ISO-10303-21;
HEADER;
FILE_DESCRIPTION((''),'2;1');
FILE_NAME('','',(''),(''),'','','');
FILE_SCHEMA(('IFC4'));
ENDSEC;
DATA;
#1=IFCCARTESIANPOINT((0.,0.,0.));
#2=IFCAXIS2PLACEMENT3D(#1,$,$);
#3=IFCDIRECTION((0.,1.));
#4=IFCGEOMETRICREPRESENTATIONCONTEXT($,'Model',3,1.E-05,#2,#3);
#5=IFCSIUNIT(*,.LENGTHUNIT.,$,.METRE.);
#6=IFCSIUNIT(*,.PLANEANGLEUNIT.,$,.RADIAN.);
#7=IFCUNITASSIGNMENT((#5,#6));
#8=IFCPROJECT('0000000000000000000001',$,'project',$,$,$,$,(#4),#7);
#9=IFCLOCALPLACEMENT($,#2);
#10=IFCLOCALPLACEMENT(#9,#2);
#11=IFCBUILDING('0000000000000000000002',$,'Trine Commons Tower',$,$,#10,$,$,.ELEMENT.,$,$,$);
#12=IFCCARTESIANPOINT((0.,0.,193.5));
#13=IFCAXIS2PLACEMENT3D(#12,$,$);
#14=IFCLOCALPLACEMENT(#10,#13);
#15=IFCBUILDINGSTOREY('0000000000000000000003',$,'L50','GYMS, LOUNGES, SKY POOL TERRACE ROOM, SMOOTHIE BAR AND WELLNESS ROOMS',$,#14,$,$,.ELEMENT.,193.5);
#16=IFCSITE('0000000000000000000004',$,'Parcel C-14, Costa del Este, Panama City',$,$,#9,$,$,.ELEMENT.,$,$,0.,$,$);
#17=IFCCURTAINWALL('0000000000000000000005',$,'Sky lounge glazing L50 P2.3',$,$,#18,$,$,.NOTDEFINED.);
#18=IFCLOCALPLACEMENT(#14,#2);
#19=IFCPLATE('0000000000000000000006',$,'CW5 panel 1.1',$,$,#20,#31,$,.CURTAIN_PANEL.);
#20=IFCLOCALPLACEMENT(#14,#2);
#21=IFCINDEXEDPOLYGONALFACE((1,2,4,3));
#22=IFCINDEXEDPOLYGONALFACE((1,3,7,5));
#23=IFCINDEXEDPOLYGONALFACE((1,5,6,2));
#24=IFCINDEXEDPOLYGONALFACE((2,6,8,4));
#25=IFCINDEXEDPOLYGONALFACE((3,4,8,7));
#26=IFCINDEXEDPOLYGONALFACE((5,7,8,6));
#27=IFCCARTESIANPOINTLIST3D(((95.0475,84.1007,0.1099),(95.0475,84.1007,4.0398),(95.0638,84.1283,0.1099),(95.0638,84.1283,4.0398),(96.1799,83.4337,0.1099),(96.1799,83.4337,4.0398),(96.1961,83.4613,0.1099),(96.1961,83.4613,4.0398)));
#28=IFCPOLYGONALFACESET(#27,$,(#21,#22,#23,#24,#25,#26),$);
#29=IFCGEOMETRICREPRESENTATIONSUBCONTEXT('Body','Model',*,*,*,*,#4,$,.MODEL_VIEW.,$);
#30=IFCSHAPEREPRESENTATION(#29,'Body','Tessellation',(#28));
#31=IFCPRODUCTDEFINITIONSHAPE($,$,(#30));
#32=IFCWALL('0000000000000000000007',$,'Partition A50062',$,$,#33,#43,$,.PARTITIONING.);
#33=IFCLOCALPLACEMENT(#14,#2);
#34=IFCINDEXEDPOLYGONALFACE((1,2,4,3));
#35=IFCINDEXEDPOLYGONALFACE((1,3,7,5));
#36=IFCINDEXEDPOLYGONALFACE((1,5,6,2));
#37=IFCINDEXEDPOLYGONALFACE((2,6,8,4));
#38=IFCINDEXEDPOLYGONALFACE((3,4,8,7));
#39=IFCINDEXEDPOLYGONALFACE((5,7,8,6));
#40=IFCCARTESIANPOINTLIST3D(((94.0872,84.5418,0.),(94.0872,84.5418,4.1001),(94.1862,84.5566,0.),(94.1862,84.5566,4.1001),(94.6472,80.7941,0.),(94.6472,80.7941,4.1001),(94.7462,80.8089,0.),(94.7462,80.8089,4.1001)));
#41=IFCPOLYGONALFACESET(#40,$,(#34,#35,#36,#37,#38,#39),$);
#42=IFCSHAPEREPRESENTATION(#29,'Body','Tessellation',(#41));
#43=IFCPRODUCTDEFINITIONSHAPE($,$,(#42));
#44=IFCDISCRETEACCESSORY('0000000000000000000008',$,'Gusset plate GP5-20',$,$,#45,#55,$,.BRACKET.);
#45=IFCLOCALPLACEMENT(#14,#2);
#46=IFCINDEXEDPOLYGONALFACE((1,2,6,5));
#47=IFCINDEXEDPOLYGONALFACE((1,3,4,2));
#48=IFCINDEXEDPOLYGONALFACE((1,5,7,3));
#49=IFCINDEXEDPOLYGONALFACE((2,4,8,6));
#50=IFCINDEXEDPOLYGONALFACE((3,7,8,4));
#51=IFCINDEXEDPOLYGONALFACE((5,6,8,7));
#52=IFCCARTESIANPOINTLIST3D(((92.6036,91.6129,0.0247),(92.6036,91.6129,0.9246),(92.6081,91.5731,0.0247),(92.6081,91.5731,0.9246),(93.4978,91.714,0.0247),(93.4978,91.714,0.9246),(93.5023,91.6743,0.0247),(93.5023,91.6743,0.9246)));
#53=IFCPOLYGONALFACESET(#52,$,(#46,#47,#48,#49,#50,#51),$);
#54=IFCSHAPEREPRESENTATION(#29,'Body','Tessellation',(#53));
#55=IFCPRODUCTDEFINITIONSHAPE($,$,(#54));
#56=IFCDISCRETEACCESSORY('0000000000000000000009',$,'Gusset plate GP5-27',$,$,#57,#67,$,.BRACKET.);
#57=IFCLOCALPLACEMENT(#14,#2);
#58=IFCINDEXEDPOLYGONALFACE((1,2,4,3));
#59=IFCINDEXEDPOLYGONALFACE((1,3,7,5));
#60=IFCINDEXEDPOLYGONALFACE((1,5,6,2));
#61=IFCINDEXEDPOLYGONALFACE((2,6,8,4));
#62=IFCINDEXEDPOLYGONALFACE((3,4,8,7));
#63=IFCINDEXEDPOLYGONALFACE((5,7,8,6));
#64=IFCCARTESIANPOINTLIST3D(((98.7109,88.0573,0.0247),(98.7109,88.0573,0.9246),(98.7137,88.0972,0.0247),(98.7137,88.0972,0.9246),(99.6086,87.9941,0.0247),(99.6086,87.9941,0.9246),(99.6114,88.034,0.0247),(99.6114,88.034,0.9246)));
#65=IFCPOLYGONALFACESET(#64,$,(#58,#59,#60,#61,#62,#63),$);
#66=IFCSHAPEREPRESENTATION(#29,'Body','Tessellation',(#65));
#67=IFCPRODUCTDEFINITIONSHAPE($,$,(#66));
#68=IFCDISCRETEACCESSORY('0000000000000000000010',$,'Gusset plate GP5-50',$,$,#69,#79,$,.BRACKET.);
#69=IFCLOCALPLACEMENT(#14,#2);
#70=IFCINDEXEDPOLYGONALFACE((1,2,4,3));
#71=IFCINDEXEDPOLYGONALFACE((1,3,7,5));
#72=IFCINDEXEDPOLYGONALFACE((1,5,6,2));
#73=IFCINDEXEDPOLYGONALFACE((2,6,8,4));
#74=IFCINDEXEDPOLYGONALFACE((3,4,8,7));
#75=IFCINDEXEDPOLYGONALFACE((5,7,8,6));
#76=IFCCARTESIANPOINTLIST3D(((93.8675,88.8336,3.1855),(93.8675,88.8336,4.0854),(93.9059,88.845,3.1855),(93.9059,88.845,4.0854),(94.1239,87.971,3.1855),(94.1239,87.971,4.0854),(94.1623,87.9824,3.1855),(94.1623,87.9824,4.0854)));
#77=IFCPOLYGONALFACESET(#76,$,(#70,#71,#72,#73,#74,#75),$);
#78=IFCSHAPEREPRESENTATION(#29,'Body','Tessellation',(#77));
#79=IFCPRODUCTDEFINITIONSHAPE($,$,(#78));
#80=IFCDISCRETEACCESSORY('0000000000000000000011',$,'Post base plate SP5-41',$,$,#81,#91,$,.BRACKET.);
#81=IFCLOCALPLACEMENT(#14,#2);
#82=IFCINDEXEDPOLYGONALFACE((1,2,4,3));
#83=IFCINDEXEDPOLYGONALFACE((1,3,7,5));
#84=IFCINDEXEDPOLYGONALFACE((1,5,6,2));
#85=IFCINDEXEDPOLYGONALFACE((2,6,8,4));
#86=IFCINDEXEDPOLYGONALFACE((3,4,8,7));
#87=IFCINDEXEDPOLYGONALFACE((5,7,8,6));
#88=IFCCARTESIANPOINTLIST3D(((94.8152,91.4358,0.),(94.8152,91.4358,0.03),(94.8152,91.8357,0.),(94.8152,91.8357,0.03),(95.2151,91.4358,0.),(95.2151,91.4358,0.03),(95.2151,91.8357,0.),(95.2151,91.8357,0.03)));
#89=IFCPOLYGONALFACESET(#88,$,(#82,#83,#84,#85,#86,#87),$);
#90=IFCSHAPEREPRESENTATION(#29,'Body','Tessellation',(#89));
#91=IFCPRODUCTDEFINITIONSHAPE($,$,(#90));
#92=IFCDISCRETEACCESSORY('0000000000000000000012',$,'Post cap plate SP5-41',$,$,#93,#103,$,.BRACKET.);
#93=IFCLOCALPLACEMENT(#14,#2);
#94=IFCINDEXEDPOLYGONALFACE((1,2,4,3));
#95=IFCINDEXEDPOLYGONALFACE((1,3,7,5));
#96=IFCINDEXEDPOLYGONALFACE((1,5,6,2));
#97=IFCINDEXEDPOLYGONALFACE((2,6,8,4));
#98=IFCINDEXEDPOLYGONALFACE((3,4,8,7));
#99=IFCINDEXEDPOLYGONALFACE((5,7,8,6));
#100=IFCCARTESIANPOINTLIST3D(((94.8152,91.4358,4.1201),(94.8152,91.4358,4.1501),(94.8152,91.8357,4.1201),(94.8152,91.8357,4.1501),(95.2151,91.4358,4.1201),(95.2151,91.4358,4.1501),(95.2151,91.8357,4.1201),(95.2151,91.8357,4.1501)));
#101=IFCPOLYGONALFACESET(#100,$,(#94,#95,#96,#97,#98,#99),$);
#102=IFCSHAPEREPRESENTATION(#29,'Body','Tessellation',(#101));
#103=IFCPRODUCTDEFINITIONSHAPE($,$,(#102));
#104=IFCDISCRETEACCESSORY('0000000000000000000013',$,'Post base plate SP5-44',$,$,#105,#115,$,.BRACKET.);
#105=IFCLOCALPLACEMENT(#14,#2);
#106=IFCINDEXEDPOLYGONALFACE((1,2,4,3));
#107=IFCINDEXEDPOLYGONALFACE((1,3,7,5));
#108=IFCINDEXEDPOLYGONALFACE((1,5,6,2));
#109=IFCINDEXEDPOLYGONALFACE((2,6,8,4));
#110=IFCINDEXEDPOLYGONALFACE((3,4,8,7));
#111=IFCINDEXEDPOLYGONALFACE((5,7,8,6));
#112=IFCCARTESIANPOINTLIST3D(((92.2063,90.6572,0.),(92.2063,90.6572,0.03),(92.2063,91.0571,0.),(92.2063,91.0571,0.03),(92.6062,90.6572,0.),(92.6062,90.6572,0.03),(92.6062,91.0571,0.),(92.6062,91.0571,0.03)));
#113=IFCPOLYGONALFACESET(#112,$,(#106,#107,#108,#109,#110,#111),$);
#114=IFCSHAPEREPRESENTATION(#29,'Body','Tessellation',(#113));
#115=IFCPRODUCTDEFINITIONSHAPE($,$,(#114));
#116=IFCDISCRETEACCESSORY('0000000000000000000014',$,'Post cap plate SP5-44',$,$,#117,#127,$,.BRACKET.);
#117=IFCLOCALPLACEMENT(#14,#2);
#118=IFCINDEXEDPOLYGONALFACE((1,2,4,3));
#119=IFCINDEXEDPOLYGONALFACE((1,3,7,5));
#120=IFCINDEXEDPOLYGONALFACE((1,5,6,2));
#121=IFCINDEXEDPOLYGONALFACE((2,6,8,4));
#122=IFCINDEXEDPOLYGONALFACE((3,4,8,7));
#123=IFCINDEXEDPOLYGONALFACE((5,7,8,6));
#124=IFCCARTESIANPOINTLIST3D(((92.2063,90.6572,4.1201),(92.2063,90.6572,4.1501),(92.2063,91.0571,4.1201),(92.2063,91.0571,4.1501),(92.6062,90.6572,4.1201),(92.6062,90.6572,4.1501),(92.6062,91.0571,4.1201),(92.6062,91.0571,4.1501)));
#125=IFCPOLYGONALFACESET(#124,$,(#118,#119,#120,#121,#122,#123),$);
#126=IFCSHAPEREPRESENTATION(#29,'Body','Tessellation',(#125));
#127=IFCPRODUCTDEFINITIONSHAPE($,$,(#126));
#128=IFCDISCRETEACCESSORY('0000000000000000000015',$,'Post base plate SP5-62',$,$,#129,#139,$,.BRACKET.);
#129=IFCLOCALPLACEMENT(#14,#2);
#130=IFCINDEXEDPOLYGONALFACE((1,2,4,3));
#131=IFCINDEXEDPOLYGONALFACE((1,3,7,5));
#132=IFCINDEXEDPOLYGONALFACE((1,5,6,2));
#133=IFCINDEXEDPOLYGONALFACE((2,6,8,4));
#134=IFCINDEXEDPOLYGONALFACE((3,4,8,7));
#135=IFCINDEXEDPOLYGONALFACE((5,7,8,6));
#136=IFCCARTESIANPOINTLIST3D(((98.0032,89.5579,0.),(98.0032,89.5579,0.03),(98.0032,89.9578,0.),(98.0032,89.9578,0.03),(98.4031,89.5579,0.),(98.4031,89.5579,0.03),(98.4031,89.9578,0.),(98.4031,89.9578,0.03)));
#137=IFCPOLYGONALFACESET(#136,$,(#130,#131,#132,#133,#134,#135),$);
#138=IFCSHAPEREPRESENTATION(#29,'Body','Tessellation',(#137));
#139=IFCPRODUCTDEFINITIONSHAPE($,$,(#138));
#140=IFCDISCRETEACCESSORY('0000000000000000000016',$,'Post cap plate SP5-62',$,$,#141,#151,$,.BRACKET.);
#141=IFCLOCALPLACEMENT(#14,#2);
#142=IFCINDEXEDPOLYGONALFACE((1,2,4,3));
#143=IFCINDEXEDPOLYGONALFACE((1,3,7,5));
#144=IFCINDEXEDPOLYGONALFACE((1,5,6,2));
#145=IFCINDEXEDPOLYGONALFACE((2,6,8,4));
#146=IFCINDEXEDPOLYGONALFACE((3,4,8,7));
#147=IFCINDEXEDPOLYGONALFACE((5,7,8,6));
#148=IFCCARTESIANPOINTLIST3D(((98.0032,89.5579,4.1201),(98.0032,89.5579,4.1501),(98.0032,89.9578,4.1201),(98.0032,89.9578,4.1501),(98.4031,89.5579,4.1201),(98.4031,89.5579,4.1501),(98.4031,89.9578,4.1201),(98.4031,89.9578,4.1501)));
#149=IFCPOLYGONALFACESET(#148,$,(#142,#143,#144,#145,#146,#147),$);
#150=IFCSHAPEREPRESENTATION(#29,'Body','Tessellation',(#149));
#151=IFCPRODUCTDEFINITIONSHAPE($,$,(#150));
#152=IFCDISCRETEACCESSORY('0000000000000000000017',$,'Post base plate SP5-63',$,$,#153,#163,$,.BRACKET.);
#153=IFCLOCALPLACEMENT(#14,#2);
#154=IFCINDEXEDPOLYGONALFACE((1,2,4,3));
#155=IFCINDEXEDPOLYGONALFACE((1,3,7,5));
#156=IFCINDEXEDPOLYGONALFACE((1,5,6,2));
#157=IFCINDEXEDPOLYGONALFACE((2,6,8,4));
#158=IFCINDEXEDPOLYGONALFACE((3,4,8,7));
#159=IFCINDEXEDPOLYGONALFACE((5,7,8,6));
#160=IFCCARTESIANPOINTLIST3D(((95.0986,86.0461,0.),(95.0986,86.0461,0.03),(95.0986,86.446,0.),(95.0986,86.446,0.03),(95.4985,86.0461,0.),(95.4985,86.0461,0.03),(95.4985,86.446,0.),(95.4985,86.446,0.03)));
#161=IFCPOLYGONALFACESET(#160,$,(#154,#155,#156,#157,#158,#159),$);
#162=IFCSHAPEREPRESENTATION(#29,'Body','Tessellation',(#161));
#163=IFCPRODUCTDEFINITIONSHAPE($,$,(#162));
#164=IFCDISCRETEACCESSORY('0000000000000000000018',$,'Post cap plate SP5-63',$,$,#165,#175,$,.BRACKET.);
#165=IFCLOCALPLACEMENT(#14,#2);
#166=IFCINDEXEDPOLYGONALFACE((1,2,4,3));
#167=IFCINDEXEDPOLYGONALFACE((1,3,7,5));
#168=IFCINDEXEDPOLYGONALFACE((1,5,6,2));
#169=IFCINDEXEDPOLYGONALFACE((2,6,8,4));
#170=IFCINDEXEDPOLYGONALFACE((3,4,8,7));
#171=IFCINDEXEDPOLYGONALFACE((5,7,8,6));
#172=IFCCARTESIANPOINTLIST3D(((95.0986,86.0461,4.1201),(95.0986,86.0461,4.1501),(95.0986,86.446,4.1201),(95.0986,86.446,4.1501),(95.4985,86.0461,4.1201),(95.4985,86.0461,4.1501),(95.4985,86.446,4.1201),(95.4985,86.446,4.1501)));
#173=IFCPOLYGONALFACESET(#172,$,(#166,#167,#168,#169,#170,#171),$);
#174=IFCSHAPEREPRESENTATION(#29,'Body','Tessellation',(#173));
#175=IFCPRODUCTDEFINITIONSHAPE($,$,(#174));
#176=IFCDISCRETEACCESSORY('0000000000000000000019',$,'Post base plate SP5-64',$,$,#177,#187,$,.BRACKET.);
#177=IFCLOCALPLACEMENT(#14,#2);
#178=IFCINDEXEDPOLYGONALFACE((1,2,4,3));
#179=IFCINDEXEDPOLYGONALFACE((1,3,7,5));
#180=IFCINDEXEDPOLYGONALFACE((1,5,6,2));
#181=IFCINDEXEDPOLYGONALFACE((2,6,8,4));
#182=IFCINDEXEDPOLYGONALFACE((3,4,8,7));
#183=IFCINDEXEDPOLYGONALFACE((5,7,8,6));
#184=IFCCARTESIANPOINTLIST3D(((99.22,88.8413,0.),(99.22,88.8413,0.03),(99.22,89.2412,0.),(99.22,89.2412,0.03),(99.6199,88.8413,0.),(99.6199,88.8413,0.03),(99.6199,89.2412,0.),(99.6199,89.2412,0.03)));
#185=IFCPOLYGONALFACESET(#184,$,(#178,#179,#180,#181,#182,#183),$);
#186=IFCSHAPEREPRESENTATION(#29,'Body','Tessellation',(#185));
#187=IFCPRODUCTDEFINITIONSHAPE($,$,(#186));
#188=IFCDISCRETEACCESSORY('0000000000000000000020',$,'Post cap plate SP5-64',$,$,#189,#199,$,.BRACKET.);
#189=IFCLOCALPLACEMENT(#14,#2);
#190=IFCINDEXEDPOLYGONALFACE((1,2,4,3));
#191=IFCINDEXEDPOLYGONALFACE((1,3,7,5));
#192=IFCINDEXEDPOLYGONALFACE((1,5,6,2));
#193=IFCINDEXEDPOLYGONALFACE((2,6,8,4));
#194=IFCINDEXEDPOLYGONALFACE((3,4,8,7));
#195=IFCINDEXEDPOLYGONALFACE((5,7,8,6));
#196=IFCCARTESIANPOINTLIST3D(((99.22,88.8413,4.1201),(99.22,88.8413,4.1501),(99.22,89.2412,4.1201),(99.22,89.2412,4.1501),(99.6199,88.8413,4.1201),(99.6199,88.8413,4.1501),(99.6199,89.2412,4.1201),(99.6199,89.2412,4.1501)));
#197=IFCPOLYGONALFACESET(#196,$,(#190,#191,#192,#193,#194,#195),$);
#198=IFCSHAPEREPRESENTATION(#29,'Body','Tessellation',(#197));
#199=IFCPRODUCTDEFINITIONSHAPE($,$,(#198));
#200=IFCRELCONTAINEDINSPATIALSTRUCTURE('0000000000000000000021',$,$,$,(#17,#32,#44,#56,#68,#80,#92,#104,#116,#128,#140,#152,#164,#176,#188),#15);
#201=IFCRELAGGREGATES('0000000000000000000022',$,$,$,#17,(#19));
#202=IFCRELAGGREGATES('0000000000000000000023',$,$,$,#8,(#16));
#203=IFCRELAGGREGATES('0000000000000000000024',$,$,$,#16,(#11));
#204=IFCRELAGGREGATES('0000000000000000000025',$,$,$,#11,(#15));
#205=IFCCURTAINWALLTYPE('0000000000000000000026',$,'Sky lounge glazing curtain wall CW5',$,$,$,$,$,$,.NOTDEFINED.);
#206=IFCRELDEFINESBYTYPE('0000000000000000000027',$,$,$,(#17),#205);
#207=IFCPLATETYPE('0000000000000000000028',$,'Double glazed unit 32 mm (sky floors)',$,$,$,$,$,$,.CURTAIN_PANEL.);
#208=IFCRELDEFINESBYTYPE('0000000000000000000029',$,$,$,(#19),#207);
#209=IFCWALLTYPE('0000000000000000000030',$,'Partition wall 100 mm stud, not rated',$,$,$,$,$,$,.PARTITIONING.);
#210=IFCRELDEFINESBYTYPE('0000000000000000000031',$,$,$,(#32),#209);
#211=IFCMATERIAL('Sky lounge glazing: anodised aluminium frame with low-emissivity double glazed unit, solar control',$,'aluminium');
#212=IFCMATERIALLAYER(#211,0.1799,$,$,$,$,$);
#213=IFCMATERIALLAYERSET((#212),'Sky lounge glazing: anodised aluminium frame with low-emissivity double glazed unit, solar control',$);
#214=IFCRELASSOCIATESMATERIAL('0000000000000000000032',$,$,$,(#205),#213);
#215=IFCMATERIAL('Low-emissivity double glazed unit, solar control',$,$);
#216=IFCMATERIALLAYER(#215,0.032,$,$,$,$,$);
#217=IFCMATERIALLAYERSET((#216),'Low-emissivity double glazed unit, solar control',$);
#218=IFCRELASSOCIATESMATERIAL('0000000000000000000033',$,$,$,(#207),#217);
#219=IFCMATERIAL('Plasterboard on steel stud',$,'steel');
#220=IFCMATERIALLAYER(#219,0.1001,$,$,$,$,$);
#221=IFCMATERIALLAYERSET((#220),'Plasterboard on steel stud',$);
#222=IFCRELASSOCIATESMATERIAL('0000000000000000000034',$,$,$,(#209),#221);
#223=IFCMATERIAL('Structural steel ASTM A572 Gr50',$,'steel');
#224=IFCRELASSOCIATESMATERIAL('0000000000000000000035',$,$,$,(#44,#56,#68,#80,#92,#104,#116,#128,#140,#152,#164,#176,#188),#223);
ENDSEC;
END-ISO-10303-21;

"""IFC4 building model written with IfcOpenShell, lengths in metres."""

from ifc_helpers import new_model, si_unit, direction, frame, frame_2d, origin, origin_2d, place, context, subcontext, project, spatial, rectangle, extrude, material, layer, layer_set, type_object, element, aggregate, save


model = new_model("IFC4")

# Units and contexts
model_context = context("Model", 3, precision=1e-05, world=origin(), true_north=direction((0.0, 1.0)))
body_context = subcontext(model_context, "Body", "Model", "MODEL_VIEW")
ifc_project = project(units=[si_unit("LENGTHUNIT", "METRE"), si_unit("PLANEANGLEUNIT", "RADIAN")], contexts=[model_context])

# Site, building, storey
site_placement = place(None, origin())
site = spatial("IfcSite", under=ifc_project, at=site_placement, Name="Parcel C-14, Costa del Este, Panama City", CompositionType="ELEMENT", RefElevation=0.0)
building_placement = place(site_placement, origin())
building = spatial("IfcBuilding", under=site, at=building_placement, Name="Trine Commons Tower", CompositionType="ELEMENT")
storey_placement = place(building_placement, frame((0.0, 0.0, 193.5)))
storey = spatial("IfcBuildingStorey", under=building, at=storey_placement, Name="L50", Description="GYMS, LOUNGES, SKY POOL TERRACE ROOM, SMOOTHIE BAR AND WELLNESS ROOMS", CompositionType="ELEMENT", Elevation=193.5)

# Curtain wall
ifc_material_1 = material(Name="Sky lounge glazing: anodised aluminium frame with low-emissivity double glazed unit, solar control", Category="aluminium")
ifc_layer_1 = layer(ifc_material_1, 0.1799)
ifc_layer_set_1 = layer_set([ifc_layer_1], Name="Sky lounge glazing: anodised aluminium frame with low-emissivity double glazed unit, solar control")
curtain_wall_type = type_object("IfcCurtainWallType", Name="Sky lounge glazing curtain wall CW5", PredefinedType="NOTDEFINED", material=ifc_layer_set_1)
curtain_wall_1_placement = place(storey_placement, origin())
curtain_wall_1 = element("IfcCurtainWall", 1, at=curtain_wall_1_placement, inside=storey, type_object=curtain_wall_type, Name="Sky lounge glazing L50 P2.3", PredefinedType="NOTDEFINED")

# Plate
ifc_material_2 = material(Name="Low-emissivity double glazed unit, solar control")
ifc_layer_2 = layer(ifc_material_2, 0.032)
ifc_layer_set_2 = layer_set([ifc_layer_2], Name="Low-emissivity double glazed unit, solar control")
plate_type = type_object("IfcPlateType", Name="Double glazed unit 32 mm (sky floors)", PredefinedType="CURTAIN_PANEL", material=ifc_layer_set_2)
plate_1_placement = place(storey_placement, frame((95.6218, 83.781, 0.1099), z_axis=(0.0, 0.0, 1.0), x_axis=(0.861629, -0.507538, 0.0)))
plate_1 = element("IfcPlate", 2, at=plate_1_placement, type_object=plate_type, Name="CW5 panel 1.1", PredefinedType="CURTAIN_PANEL", context=body_context, shape_type="SweptSolid", body=[
    extrude(rectangle(XDim=1.3142, YDim=0.032, at=origin_2d()), origin(), (0.0, 0.0, 1.0), 3.9299),
])
aggregate(curtain_wall_1, [plate_1])

# Wall
ifc_material_3 = material(Name="Plasterboard on steel stud", Category="steel")
ifc_layer_3 = layer(ifc_material_3, 0.1001)
ifc_layer_set_3 = layer_set([ifc_layer_3], Name="Plasterboard on steel stud")
wall_type_1 = type_object("IfcWallType", Name="Partition wall 100 mm stud, not rated", PredefinedType="PARTITIONING", material=ifc_layer_set_3)
wall_1_placement = place(storey_placement, frame((94.1367, 84.5491, 0.0), z_axis=(0.0, 0.0, 1.0), x_axis=(0.147795, -0.989018, 0.0)))
element("IfcWall", 3, at=wall_1_placement, inside=storey, type_object=wall_type_1, Name="Partition A50062", PredefinedType="PARTITIONING", context=body_context, shape_type="SweptSolid", body=[
    extrude(rectangle(XDim=3.7893, YDim=0.1001, at=frame_2d((1.8945, 0.0))), origin(), (0.0, 0.0, 1.0), 4.1001),
])

# Discrete accessories
ifc_material_4 = material(Name="Structural steel ASTM A572 Gr50", Category="steel")
for number, where, z_axis, x_axis, name in (
    (4, (93.053, 91.6436, 0.0247), (0.0, 0.0, 1.0), (-0.993658, -0.11244, 0.0), "Gusset plate GP5-20"),
    (5, (99.1611, 88.0457, 0.0247), (0.0, 0.0, 1.0), (-0.997531, 0.070227, 0.0), "Gusset plate GP5-27"),
    (6, (94.0149, 88.408, 3.1855), (0.0, 0.0, 1.0), (0.284952, -0.958542, 0.0), "Gusset plate GP5-50"),
):
    element("IfcDiscreteAccessory", number, at=place(storey_placement, frame(where, z_axis=z_axis, x_axis=x_axis)), inside=storey, material=ifc_material_4, Name=name, PredefinedType="BRACKET", context=body_context, shape_type="SweptSolid", body=[
        extrude(rectangle(XDim=0.8999, YDim=0.04, at=origin_2d()), origin(), (0.0, 0.0, 1.0), 0.8999),
    ])
for number, where, z_axis, x_axis, name in (
    (7, (95.0151, 91.6357, 0.0), (0.0, 0.0, 1.0), (1.0, 0.0, 0.0), "Post base plate SP5-41"),
    (8, (95.0151, 91.6357, 4.1201), (0.0, 0.0, 1.0), (1.0, 0.0, 0.0), "Post cap plate SP5-41"),
    (9, (92.4062, 90.8572, 0.0), (0.0, 0.0, 1.0), (1.0, 0.0, 0.0), "Post base plate SP5-44"),
    (10, (92.4062, 90.8572, 4.1201), (0.0, 0.0, 1.0), (1.0, 0.0, 0.0), "Post cap plate SP5-44"),
    (11, (98.2031, 89.7578, 0.0), (0.0, 0.0, 1.0), (1.0, 0.0, 0.0), "Post base plate SP5-62"),
    (12, (98.2031, 89.7578, 4.1201), (0.0, 0.0, 1.0), (1.0, 0.0, 0.0), "Post cap plate SP5-62"),
    (13, (95.2986, 86.2461, 0.0), (0.0, 0.0, 1.0), (1.0, 0.0, 0.0), "Post base plate SP5-63"),
    (14, (95.2986, 86.2461, 4.1201), (0.0, 0.0, 1.0), (1.0, 0.0, 0.0), "Post cap plate SP5-63"),
    (15, (99.4199, 89.0413, 0.0), (0.0, 0.0, 1.0), (1.0, 0.0, 0.0), "Post base plate SP5-64"),
    (16, (99.4199, 89.0413, 4.1201), (0.0, 0.0, 1.0), (1.0, 0.0, 0.0), "Post cap plate SP5-64"),
):
    element("IfcDiscreteAccessory", number, at=place(storey_placement, frame(where, z_axis=z_axis, x_axis=x_axis)), inside=storey, material=ifc_material_4, Name=name, PredefinedType="BRACKET", context=body_context, shape_type="SweptSolid", body=[
        extrude(rectangle(XDim=0.3999, YDim=0.3999, at=origin_2d()), origin(), (0.0, 0.0, 1.0), 0.03),
    ])

save(model, "model.ifc")
